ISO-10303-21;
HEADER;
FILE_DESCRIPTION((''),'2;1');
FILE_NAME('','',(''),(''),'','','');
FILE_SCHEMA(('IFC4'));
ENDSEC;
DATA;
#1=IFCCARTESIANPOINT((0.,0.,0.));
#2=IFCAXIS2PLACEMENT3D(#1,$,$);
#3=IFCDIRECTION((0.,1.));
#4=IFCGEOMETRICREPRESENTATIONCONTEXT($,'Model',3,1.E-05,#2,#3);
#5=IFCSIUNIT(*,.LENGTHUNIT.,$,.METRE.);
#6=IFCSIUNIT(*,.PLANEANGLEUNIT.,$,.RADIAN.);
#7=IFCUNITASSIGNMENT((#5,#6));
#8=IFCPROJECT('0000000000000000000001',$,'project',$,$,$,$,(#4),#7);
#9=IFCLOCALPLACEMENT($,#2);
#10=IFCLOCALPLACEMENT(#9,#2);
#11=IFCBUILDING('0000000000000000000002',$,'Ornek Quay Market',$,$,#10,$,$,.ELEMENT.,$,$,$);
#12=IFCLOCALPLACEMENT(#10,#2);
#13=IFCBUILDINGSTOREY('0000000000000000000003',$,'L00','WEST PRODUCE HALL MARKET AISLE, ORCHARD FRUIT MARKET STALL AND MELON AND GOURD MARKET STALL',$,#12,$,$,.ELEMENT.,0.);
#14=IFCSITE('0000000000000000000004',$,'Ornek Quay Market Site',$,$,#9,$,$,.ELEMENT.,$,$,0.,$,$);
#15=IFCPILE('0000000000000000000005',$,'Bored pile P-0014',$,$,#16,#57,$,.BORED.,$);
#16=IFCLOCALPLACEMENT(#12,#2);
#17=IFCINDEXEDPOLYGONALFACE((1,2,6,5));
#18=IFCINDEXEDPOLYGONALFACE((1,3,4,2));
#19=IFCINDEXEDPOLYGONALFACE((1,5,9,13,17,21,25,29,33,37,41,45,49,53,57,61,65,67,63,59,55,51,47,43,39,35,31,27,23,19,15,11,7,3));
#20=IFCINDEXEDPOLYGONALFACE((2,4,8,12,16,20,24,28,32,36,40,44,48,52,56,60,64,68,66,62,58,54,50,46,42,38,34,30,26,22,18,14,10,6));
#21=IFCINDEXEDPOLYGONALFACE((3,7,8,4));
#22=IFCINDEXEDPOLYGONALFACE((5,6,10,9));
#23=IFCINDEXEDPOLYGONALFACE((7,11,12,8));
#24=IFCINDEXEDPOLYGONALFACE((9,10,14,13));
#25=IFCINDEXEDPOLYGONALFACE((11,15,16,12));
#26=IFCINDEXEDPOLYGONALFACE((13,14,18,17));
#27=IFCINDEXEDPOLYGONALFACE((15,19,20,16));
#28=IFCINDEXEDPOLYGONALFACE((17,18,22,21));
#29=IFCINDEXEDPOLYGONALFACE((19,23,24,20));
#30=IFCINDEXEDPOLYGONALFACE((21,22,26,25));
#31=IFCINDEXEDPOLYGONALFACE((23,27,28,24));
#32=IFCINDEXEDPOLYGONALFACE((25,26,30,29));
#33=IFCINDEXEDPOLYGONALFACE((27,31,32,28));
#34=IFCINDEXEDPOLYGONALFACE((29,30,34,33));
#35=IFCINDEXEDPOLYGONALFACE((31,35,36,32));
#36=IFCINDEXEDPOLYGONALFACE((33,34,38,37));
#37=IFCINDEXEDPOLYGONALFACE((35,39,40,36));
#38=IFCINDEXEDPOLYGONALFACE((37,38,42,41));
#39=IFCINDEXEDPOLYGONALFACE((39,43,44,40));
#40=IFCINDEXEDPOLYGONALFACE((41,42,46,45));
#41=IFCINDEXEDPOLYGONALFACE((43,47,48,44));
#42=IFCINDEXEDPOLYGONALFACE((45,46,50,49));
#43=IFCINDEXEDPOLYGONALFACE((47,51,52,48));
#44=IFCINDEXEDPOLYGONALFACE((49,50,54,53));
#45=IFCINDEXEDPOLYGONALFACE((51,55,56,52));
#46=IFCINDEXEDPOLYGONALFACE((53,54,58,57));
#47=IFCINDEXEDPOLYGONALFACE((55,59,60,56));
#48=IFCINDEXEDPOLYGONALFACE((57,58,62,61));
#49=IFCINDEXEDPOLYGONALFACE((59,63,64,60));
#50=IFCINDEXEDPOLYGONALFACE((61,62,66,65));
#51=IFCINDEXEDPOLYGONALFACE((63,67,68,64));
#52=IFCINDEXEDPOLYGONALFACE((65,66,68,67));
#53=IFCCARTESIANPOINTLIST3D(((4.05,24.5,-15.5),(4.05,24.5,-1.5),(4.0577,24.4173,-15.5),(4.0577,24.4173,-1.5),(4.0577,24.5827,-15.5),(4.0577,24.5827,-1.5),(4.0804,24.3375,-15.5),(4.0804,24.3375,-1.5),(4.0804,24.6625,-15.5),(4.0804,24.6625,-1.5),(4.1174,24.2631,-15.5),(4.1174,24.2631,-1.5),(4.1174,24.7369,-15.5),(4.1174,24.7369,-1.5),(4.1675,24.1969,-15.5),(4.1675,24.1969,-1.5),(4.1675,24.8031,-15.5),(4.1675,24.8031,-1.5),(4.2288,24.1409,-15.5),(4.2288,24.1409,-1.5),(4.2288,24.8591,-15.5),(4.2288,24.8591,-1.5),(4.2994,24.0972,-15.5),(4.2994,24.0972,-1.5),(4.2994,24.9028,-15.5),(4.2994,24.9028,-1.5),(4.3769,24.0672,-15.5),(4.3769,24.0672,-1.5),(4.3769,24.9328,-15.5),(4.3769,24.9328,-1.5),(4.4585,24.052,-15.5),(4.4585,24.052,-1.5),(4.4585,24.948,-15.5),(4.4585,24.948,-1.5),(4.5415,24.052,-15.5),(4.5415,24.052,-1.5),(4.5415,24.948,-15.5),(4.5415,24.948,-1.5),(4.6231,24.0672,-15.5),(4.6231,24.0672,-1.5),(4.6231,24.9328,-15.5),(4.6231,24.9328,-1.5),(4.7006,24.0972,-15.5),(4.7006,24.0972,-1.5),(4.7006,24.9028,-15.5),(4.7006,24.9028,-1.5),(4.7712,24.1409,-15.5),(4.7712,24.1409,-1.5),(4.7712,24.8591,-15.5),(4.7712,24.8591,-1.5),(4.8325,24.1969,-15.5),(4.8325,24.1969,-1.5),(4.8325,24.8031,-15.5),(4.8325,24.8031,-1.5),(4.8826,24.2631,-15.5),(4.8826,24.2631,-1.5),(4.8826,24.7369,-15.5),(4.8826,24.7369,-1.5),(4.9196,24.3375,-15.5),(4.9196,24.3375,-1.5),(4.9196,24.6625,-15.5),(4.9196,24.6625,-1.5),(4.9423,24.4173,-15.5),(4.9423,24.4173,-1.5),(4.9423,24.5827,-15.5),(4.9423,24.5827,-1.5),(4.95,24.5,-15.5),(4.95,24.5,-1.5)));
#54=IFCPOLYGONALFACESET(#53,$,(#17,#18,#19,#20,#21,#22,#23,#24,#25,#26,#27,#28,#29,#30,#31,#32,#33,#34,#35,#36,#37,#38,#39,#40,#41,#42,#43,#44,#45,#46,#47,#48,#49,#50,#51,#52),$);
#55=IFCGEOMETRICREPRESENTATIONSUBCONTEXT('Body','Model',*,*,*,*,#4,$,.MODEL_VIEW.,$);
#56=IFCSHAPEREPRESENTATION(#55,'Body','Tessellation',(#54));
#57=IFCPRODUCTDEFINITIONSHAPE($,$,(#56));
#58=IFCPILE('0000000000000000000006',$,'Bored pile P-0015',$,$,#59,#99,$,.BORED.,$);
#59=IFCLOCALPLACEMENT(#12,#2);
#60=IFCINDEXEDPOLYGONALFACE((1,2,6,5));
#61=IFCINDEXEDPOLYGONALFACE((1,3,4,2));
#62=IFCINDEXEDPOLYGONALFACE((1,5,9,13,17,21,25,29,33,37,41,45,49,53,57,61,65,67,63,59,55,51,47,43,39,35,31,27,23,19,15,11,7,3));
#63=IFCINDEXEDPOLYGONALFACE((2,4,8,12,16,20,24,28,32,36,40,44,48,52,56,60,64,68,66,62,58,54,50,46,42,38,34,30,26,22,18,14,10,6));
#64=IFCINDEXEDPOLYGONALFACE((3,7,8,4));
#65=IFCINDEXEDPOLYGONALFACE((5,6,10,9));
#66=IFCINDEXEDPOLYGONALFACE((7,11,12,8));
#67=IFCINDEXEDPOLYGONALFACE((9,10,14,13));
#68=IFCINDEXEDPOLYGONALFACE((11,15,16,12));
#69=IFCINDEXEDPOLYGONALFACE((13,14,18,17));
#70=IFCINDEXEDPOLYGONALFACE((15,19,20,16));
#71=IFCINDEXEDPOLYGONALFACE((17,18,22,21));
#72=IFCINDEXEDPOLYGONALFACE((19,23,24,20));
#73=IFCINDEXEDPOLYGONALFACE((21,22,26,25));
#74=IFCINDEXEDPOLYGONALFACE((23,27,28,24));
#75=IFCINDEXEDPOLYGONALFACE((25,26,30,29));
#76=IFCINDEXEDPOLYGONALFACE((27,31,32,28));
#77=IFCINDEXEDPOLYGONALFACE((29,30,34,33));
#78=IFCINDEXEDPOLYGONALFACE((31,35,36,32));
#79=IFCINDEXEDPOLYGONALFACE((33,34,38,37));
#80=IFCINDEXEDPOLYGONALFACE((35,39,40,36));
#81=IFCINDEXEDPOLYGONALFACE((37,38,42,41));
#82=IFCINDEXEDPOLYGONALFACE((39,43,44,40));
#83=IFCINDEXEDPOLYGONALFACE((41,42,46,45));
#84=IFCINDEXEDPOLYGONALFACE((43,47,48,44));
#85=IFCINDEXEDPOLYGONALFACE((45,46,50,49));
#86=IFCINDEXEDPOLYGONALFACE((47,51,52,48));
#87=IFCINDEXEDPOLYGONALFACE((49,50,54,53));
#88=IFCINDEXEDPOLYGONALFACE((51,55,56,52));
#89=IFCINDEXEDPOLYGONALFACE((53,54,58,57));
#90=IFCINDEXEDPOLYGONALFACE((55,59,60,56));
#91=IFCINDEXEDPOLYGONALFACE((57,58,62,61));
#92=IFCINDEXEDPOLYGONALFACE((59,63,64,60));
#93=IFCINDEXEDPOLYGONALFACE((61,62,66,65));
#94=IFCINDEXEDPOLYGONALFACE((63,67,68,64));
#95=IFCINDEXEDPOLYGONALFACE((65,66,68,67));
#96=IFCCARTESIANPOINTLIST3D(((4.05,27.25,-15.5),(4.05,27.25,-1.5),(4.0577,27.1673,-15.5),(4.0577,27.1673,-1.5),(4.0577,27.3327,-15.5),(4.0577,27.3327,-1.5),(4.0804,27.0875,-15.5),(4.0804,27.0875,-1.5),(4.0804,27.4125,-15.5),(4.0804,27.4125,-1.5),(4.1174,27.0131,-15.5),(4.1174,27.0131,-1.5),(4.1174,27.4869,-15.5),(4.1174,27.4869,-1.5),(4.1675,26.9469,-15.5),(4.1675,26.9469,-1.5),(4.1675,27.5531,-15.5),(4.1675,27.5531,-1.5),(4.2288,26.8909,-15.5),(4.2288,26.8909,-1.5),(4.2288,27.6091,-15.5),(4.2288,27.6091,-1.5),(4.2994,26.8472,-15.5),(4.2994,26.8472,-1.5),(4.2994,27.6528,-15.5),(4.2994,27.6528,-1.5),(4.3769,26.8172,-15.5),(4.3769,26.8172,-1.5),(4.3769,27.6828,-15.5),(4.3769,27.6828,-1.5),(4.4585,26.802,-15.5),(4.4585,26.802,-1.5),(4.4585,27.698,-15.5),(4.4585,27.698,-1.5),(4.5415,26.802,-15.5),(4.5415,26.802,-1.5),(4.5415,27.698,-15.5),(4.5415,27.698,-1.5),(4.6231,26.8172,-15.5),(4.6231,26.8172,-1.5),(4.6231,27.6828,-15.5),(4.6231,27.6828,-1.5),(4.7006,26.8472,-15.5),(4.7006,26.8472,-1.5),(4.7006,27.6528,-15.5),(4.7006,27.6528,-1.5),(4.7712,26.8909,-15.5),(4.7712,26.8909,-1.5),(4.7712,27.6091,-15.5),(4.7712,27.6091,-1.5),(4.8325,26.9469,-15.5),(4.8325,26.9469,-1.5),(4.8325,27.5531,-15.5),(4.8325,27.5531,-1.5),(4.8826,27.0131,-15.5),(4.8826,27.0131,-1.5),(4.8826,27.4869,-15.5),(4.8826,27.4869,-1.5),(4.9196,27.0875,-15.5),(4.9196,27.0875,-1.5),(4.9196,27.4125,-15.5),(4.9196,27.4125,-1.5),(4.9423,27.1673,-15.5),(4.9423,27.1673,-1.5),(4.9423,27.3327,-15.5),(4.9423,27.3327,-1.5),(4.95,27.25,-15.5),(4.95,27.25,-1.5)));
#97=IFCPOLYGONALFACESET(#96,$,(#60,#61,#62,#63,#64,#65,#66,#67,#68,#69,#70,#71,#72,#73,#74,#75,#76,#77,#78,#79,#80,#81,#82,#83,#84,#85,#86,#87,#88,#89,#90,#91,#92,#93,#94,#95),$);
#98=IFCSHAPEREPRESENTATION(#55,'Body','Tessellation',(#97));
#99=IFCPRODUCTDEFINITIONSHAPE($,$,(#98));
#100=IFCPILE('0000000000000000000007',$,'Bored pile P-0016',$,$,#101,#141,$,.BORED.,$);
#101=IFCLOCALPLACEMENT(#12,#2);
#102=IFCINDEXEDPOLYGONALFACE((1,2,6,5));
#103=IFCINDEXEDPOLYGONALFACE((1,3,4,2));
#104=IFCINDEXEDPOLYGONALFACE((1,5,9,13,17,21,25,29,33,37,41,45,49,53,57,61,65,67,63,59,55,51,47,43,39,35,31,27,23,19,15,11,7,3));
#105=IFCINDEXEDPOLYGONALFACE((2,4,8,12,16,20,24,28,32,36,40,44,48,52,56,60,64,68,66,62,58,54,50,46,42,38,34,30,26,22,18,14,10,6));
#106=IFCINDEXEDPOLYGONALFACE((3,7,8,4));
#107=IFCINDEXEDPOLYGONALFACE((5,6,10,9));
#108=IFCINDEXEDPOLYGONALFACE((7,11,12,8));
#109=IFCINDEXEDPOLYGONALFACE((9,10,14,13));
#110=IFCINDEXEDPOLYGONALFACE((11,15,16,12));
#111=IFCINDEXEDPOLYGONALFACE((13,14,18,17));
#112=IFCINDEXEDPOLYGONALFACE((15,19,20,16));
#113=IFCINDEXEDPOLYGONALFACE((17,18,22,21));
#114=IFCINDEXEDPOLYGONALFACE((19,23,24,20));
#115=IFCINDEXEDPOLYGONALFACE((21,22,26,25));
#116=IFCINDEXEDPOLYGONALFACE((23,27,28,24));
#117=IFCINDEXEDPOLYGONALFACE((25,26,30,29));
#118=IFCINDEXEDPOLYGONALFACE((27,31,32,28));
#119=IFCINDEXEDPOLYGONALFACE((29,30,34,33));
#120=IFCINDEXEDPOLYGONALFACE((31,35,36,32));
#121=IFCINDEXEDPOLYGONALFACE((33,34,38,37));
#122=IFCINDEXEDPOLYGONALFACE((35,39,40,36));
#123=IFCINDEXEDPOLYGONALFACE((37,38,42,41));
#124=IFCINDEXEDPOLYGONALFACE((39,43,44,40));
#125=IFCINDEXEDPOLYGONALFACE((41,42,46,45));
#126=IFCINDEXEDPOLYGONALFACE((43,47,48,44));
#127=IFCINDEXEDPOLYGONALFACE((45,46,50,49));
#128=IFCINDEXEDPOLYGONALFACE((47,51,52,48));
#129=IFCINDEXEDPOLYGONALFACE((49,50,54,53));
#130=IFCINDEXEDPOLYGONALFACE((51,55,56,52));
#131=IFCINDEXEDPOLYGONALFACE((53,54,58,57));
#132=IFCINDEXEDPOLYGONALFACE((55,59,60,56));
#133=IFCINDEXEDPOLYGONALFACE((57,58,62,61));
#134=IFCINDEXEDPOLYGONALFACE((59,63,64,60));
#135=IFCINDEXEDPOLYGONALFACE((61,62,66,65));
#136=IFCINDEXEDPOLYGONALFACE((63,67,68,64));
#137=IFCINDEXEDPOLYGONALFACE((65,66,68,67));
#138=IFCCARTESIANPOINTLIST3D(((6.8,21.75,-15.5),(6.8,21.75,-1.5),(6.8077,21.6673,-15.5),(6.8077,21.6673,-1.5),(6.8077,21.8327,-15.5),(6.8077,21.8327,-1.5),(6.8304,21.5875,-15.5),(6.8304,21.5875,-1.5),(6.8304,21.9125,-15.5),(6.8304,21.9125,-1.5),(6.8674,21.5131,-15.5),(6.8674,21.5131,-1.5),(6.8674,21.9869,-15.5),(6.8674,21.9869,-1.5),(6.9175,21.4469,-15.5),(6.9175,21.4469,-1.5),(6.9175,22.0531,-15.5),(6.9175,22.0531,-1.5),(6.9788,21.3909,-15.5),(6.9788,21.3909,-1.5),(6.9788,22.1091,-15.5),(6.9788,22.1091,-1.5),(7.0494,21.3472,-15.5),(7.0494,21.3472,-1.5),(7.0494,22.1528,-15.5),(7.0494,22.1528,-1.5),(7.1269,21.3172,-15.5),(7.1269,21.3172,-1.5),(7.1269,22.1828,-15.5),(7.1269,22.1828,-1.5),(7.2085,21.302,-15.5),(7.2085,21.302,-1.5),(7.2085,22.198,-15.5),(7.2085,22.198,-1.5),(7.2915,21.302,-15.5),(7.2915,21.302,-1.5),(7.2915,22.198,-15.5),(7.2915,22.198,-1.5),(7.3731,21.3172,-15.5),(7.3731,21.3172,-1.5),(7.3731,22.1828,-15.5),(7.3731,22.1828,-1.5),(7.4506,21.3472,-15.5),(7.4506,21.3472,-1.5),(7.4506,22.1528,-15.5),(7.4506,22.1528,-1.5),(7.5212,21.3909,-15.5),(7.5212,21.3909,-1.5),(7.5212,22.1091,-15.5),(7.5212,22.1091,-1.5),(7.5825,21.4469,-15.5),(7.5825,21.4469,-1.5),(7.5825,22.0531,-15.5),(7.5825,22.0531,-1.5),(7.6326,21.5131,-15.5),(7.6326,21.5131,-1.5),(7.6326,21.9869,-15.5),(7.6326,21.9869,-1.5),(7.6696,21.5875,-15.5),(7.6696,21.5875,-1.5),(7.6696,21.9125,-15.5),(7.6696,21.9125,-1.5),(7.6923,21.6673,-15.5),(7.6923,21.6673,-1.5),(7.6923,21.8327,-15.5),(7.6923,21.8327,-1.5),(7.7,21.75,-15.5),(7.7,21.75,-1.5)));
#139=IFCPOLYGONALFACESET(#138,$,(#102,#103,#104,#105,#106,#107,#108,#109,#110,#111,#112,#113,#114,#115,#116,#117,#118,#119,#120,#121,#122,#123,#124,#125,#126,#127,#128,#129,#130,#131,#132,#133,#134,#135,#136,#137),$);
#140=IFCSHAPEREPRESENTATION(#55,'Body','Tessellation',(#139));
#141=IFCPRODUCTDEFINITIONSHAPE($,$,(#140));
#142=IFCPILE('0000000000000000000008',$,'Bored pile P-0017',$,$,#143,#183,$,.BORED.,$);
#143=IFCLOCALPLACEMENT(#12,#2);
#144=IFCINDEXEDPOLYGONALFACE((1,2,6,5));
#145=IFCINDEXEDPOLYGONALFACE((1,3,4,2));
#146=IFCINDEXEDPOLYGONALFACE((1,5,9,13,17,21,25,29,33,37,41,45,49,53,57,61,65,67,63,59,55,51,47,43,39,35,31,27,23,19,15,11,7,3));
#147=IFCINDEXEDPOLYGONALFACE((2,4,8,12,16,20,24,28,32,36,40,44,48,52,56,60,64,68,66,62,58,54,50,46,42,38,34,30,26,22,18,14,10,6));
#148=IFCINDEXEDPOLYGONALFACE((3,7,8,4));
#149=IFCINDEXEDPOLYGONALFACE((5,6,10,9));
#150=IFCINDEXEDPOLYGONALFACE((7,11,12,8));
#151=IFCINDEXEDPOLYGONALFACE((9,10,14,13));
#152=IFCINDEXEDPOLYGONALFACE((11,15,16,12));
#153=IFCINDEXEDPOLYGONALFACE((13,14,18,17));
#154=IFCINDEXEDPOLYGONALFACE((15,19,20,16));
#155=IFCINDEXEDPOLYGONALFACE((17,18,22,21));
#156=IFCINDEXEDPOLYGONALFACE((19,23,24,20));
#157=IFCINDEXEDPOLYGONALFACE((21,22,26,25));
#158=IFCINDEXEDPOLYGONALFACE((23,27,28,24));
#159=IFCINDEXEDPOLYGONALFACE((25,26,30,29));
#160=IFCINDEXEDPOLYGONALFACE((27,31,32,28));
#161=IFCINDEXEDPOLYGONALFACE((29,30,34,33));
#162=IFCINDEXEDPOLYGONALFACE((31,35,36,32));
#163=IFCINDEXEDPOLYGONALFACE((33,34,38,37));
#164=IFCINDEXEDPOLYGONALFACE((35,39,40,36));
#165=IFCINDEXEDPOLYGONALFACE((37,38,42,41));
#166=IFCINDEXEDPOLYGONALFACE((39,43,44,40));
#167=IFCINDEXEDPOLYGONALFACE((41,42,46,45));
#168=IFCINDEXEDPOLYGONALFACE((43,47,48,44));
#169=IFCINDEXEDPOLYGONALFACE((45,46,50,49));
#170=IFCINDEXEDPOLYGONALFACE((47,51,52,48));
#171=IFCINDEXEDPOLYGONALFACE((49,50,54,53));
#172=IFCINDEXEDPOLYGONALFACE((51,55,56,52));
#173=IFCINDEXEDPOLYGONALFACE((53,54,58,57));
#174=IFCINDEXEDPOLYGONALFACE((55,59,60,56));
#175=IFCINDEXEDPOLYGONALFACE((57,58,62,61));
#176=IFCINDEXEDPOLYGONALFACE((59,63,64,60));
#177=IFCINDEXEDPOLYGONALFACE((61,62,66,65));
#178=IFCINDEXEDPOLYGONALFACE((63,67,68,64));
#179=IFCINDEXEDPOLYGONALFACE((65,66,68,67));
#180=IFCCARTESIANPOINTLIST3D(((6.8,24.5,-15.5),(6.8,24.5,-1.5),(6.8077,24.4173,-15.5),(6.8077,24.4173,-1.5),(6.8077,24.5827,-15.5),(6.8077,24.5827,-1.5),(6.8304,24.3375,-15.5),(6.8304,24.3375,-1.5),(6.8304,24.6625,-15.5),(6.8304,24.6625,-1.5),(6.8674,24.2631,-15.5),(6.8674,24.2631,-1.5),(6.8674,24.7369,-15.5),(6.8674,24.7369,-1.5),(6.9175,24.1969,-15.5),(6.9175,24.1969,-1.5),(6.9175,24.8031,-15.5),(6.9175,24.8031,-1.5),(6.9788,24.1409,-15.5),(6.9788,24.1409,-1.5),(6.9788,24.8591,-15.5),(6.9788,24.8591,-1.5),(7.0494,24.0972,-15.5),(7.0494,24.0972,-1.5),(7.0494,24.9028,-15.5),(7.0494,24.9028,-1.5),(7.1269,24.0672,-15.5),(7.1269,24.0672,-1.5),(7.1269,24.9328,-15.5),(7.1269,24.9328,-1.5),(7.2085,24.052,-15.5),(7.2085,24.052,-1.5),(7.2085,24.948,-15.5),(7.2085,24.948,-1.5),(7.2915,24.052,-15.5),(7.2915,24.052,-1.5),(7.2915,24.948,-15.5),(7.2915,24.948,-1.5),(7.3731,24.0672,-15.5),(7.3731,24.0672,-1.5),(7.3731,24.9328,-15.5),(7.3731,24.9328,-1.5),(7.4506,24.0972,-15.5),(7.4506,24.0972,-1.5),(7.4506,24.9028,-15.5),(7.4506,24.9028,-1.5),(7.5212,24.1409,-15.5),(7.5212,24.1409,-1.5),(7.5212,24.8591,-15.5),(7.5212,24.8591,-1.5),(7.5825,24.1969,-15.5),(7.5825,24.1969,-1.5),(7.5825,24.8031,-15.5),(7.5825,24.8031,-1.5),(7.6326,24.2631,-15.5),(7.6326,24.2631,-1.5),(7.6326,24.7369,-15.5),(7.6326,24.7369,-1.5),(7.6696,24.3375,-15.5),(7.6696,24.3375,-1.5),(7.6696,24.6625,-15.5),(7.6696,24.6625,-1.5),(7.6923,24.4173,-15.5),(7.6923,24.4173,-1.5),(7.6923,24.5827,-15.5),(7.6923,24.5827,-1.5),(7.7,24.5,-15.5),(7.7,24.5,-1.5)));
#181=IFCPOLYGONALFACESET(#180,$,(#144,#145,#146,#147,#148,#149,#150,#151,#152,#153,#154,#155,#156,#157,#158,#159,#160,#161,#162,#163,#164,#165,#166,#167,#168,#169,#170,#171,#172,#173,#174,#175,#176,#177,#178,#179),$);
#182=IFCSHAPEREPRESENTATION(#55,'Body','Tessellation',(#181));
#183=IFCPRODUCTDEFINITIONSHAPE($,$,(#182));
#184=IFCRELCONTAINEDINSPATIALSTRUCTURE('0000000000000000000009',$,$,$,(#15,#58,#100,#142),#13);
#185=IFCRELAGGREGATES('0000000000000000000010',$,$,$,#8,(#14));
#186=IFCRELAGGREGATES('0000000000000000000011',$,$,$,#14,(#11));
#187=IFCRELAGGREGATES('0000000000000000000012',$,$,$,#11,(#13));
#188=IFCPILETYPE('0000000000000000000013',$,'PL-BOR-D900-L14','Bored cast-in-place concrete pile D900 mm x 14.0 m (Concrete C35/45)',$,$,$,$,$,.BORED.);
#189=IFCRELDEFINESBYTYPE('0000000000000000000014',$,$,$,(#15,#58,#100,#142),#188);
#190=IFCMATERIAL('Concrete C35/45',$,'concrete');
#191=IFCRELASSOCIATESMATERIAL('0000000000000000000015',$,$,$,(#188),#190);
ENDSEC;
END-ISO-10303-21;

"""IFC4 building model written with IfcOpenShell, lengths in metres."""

from ifc_helpers import new_model, si_unit, direction, frame, origin, origin_2d, place, context, subcontext, project, spatial, circle, extrude, material, material_profile, profile_set, type_object, element, save


model = new_model("IFC4")

# Units and contexts
model_context = context("Model", 3, precision=1e-05, world=origin(), true_north=direction((0.0, 1.0)))
body_context = subcontext(model_context, "Body", "Model", "MODEL_VIEW")
ifc_project = project(units=[si_unit("LENGTHUNIT", "METRE"), si_unit("PLANEANGLEUNIT", "RADIAN")], contexts=[model_context])

# Site, building, storey
site_placement = place(None, origin())
site = spatial("IfcSite", under=ifc_project, at=site_placement, Name="Ornek Quay Market Site", CompositionType="ELEMENT", RefElevation=0.0)
building_placement = place(site_placement, origin())
building = spatial("IfcBuilding", under=site, at=building_placement, Name="Ornek Quay Market", CompositionType="ELEMENT")
storey_placement = place(building_placement, origin())
storey = spatial("IfcBuildingStorey", under=building, at=storey_placement, Name="L00", Description="WEST PRODUCE HALL MARKET AISLE, ORCHARD FRUIT MARKET STALL AND MELON AND GOURD MARKET STALL", CompositionType="ELEMENT", Elevation=0.0)

# Piles
ifc_material_1 = material(Name="Concrete C35/45", Category="concrete")
ifc_material_profile_1 = material_profile(ifc_material_1, circle(Radius=0.45, at=origin_2d()), Name="PILE D900", Category="concrete")
ifc_profile_set_1 = profile_set([ifc_material_profile_1], Name="Concrete C35/45")
pile_type = type_object("IfcPileType", Name="PL-BOR-D900-L14", Description="Bored cast-in-place concrete pile D900 mm x 14.0 m (Concrete C35/45)", PredefinedType="BORED", material=ifc_profile_set_1)
for number, where, z_axis, x_axis, name in (
    (1, (4.5, 24.5, -1.5), (0.0, 0.0, -1.0), (1.0, 0.0, 0.0), "Bored pile P-0014"),
    (2, (4.5, 27.25, -1.5), (0.0, 0.0, -1.0), (1.0, 0.0, 0.0), "Bored pile P-0015"),
    (3, (7.25, 21.75, -1.5), (0.0, 0.0, -1.0), (1.0, 0.0, 0.0), "Bored pile P-0016"),
    (4, (7.25, 24.5, -1.5), (0.0, 0.0, -1.0), (1.0, 0.0, 0.0), "Bored pile P-0017"),
):
    element("IfcPile", number, at=place(storey_placement, frame(where, z_axis=z_axis, x_axis=x_axis)), inside=storey, type_object=pile_type, Name=name, PredefinedType="BORED", context=body_context, shape_type="SweptSolid", body=[
        extrude(circle(Radius=0.45, at=origin_2d()), origin(), (0.0, 0.0, 1.0), 14.0),
    ])

save(model, "model.ifc")
